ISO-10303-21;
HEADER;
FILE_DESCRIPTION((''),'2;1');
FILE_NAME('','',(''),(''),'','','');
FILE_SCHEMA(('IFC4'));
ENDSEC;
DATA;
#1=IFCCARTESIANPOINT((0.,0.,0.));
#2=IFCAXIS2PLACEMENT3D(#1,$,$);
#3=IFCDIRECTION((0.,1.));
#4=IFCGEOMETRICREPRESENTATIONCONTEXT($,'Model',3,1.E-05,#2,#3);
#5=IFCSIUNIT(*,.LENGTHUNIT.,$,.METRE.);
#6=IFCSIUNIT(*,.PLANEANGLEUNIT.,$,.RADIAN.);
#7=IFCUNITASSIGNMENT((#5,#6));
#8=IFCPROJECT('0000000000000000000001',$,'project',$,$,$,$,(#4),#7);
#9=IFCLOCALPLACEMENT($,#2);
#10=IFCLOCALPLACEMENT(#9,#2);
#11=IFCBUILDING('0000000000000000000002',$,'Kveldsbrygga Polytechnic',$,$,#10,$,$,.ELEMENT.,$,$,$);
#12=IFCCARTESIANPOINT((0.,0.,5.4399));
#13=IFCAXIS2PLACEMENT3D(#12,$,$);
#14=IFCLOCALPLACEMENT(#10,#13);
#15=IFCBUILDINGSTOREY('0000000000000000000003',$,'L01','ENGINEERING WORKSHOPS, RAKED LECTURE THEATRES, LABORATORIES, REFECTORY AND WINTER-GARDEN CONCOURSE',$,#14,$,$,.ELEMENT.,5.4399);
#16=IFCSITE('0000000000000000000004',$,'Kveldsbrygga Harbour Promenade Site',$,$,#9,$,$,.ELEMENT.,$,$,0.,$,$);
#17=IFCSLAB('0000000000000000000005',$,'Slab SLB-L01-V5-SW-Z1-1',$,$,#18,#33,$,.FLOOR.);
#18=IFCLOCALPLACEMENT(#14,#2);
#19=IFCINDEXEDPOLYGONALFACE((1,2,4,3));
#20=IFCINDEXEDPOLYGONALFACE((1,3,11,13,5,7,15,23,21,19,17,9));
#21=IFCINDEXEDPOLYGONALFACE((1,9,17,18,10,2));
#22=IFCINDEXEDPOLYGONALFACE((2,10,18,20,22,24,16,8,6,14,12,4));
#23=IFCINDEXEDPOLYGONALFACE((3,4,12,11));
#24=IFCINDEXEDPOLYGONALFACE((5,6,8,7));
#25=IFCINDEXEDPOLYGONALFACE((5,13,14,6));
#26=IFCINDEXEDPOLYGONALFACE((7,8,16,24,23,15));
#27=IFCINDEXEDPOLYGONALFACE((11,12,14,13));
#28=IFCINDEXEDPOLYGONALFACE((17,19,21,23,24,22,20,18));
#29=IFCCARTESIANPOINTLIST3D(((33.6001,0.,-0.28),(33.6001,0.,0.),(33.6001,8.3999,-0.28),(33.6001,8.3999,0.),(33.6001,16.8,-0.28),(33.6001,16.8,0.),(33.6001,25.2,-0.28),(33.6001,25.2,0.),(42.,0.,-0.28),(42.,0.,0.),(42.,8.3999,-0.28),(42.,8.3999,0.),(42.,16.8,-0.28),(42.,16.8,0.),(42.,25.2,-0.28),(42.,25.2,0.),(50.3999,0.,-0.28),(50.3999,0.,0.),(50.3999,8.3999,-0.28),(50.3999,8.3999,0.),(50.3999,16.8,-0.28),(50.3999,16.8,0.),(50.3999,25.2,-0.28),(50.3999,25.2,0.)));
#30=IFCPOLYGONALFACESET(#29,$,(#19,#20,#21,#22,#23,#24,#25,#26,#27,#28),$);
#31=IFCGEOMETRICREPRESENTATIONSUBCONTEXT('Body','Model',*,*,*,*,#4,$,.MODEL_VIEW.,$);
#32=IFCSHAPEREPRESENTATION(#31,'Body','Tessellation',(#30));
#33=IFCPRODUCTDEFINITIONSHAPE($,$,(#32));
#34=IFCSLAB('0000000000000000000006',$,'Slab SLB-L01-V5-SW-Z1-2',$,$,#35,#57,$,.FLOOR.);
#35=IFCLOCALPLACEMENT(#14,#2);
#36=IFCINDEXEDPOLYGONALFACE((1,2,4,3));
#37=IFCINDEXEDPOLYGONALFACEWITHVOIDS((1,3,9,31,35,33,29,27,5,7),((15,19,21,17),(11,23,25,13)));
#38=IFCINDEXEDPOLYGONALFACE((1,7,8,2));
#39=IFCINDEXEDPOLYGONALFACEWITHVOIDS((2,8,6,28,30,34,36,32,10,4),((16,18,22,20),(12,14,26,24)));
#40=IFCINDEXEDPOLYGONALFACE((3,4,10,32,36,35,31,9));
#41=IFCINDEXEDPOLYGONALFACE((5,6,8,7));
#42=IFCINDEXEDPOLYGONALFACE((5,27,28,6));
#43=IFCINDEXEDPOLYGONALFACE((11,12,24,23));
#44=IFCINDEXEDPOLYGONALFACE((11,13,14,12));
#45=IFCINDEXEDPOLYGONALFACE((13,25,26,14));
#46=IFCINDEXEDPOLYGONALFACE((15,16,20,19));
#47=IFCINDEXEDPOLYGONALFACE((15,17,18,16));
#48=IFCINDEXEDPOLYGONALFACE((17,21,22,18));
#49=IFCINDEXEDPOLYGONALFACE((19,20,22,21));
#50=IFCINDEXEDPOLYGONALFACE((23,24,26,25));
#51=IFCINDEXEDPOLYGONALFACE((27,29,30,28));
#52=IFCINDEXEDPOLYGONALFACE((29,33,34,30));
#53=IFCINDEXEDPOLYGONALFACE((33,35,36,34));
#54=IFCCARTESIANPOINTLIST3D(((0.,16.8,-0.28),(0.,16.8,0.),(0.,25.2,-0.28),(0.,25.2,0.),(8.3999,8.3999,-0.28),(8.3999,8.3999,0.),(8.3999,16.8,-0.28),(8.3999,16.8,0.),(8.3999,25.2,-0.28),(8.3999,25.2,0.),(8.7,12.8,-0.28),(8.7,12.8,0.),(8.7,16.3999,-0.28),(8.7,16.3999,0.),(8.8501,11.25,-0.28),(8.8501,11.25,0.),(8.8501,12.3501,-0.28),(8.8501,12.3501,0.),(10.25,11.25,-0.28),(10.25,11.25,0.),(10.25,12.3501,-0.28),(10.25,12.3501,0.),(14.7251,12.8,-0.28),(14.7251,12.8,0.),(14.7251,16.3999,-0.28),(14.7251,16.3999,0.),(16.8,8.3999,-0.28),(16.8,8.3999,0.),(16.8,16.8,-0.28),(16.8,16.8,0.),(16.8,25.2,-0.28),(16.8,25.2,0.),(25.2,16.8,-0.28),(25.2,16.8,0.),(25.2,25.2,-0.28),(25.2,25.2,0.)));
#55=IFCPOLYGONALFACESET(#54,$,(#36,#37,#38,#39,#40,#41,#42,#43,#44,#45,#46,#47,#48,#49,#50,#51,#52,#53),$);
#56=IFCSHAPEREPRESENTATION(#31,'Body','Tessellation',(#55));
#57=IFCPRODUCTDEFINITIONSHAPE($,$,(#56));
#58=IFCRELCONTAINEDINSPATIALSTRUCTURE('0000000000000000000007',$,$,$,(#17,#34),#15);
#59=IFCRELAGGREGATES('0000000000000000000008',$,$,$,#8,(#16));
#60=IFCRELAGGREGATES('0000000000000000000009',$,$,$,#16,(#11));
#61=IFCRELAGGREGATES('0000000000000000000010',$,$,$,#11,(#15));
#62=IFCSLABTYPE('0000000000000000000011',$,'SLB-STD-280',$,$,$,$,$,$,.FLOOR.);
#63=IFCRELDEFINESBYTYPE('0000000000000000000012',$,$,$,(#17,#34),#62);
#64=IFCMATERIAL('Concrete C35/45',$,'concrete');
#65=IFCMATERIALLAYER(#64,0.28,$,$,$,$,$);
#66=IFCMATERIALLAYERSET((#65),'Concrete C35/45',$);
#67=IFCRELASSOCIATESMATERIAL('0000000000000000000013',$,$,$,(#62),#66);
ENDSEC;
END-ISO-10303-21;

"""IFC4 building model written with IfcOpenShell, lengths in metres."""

from ifc_helpers import new_model, si_unit, direction, frame, origin, place, context, subcontext, project, spatial, polyline, outline, extrude, material, layer, layer_set, type_object, element, save


model = new_model("IFC4")

# Units and contexts
model_context = context("Model", 3, precision=1e-05, world=origin(), true_north=direction((0.0, 1.0)))
body_context = subcontext(model_context, "Body", "Model", "MODEL_VIEW")
ifc_project = project(units=[si_unit("LENGTHUNIT", "METRE"), si_unit("PLANEANGLEUNIT", "RADIAN")], contexts=[model_context])

# Site, building, storey
site_placement = place(None, origin())
site = spatial("IfcSite", under=ifc_project, at=site_placement, Name="Kveldsbrygga Harbour Promenade Site", CompositionType="ELEMENT", RefElevation=0.0)
building_placement = place(site_placement, origin())
building = spatial("IfcBuilding", under=site, at=building_placement, Name="Kveldsbrygga Polytechnic", CompositionType="ELEMENT")
storey_placement = place(building_placement, frame((0.0, 0.0, 5.4399)))
storey = spatial("IfcBuildingStorey", under=building, at=storey_placement, Name="L01", Description="ENGINEERING WORKSHOPS, RAKED LECTURE THEATRES, LABORATORIES, REFECTORY AND WINTER-GARDEN CONCOURSE", CompositionType="ELEMENT", Elevation=5.4399)

# Slabs
ifc_material = material(Name="Concrete C35/45", Category="concrete")
ifc_layer_1 = layer(ifc_material, 0.28)
ifc_layer_set_1 = layer_set([ifc_layer_1], Name="Concrete C35/45")
slab_type_1 = type_object("IfcSlabType", Name="SLB-STD-280", PredefinedType="FLOOR", material=ifc_layer_set_1)
slab_1_placement = place(storey_placement, frame((0.0, 0.0, -0.28)))
element("IfcSlab", 1, at=slab_1_placement, inside=storey, type_object=slab_type_1, Name="Slab SLB-L01-V5-SW-Z1-1", PredefinedType="FLOOR", context=body_context, shape_type="SweptSolid", body=[
    extrude(outline(polyline([(42.0, 8.3999), (42.0, 16.8), (33.6001, 16.8), (33.6001, 25.2), (42.0, 25.2), (50.3999, 25.2), (50.3999, 16.8), (50.3999, 8.3999), (50.3999, 0.0), (42.0, 0.0), (33.6001, 0.0), (33.6001, 8.3999), (42.0, 8.3999)])), origin(), (0.0, 0.0, 1.0), 0.28),
])
slab_2_placement = place(storey_placement, frame((0.0, 0.0, -0.28)))
element("IfcSlab", 2, at=slab_2_placement, inside=storey, type_object=slab_type_1, Name="Slab SLB-L01-V5-SW-Z1-2", PredefinedType="FLOOR", context=body_context, shape_type="SweptSolid", body=[
    extrude(outline(polyline([(16.8, 8.3999), (8.3999, 8.3999), (8.3999, 16.8), (0.0, 16.8), (0.0, 25.2), (8.3999, 25.2), (16.8, 25.2), (25.2, 25.2), (25.2, 16.8), (16.8, 16.8), (16.8, 8.3999)]), holes=[polyline([(14.7251, 16.3999), (8.7, 16.3999), (8.7, 12.8), (14.7251, 12.8), (14.7251, 16.3999)]), polyline([(8.8501, 11.25), (10.25, 11.25), (10.25, 12.3501), (8.8501, 12.3501), (8.8501, 11.25)])]), origin(), (0.0, 0.0, 1.0), 0.28),
])

save(model, "model.ifc")
